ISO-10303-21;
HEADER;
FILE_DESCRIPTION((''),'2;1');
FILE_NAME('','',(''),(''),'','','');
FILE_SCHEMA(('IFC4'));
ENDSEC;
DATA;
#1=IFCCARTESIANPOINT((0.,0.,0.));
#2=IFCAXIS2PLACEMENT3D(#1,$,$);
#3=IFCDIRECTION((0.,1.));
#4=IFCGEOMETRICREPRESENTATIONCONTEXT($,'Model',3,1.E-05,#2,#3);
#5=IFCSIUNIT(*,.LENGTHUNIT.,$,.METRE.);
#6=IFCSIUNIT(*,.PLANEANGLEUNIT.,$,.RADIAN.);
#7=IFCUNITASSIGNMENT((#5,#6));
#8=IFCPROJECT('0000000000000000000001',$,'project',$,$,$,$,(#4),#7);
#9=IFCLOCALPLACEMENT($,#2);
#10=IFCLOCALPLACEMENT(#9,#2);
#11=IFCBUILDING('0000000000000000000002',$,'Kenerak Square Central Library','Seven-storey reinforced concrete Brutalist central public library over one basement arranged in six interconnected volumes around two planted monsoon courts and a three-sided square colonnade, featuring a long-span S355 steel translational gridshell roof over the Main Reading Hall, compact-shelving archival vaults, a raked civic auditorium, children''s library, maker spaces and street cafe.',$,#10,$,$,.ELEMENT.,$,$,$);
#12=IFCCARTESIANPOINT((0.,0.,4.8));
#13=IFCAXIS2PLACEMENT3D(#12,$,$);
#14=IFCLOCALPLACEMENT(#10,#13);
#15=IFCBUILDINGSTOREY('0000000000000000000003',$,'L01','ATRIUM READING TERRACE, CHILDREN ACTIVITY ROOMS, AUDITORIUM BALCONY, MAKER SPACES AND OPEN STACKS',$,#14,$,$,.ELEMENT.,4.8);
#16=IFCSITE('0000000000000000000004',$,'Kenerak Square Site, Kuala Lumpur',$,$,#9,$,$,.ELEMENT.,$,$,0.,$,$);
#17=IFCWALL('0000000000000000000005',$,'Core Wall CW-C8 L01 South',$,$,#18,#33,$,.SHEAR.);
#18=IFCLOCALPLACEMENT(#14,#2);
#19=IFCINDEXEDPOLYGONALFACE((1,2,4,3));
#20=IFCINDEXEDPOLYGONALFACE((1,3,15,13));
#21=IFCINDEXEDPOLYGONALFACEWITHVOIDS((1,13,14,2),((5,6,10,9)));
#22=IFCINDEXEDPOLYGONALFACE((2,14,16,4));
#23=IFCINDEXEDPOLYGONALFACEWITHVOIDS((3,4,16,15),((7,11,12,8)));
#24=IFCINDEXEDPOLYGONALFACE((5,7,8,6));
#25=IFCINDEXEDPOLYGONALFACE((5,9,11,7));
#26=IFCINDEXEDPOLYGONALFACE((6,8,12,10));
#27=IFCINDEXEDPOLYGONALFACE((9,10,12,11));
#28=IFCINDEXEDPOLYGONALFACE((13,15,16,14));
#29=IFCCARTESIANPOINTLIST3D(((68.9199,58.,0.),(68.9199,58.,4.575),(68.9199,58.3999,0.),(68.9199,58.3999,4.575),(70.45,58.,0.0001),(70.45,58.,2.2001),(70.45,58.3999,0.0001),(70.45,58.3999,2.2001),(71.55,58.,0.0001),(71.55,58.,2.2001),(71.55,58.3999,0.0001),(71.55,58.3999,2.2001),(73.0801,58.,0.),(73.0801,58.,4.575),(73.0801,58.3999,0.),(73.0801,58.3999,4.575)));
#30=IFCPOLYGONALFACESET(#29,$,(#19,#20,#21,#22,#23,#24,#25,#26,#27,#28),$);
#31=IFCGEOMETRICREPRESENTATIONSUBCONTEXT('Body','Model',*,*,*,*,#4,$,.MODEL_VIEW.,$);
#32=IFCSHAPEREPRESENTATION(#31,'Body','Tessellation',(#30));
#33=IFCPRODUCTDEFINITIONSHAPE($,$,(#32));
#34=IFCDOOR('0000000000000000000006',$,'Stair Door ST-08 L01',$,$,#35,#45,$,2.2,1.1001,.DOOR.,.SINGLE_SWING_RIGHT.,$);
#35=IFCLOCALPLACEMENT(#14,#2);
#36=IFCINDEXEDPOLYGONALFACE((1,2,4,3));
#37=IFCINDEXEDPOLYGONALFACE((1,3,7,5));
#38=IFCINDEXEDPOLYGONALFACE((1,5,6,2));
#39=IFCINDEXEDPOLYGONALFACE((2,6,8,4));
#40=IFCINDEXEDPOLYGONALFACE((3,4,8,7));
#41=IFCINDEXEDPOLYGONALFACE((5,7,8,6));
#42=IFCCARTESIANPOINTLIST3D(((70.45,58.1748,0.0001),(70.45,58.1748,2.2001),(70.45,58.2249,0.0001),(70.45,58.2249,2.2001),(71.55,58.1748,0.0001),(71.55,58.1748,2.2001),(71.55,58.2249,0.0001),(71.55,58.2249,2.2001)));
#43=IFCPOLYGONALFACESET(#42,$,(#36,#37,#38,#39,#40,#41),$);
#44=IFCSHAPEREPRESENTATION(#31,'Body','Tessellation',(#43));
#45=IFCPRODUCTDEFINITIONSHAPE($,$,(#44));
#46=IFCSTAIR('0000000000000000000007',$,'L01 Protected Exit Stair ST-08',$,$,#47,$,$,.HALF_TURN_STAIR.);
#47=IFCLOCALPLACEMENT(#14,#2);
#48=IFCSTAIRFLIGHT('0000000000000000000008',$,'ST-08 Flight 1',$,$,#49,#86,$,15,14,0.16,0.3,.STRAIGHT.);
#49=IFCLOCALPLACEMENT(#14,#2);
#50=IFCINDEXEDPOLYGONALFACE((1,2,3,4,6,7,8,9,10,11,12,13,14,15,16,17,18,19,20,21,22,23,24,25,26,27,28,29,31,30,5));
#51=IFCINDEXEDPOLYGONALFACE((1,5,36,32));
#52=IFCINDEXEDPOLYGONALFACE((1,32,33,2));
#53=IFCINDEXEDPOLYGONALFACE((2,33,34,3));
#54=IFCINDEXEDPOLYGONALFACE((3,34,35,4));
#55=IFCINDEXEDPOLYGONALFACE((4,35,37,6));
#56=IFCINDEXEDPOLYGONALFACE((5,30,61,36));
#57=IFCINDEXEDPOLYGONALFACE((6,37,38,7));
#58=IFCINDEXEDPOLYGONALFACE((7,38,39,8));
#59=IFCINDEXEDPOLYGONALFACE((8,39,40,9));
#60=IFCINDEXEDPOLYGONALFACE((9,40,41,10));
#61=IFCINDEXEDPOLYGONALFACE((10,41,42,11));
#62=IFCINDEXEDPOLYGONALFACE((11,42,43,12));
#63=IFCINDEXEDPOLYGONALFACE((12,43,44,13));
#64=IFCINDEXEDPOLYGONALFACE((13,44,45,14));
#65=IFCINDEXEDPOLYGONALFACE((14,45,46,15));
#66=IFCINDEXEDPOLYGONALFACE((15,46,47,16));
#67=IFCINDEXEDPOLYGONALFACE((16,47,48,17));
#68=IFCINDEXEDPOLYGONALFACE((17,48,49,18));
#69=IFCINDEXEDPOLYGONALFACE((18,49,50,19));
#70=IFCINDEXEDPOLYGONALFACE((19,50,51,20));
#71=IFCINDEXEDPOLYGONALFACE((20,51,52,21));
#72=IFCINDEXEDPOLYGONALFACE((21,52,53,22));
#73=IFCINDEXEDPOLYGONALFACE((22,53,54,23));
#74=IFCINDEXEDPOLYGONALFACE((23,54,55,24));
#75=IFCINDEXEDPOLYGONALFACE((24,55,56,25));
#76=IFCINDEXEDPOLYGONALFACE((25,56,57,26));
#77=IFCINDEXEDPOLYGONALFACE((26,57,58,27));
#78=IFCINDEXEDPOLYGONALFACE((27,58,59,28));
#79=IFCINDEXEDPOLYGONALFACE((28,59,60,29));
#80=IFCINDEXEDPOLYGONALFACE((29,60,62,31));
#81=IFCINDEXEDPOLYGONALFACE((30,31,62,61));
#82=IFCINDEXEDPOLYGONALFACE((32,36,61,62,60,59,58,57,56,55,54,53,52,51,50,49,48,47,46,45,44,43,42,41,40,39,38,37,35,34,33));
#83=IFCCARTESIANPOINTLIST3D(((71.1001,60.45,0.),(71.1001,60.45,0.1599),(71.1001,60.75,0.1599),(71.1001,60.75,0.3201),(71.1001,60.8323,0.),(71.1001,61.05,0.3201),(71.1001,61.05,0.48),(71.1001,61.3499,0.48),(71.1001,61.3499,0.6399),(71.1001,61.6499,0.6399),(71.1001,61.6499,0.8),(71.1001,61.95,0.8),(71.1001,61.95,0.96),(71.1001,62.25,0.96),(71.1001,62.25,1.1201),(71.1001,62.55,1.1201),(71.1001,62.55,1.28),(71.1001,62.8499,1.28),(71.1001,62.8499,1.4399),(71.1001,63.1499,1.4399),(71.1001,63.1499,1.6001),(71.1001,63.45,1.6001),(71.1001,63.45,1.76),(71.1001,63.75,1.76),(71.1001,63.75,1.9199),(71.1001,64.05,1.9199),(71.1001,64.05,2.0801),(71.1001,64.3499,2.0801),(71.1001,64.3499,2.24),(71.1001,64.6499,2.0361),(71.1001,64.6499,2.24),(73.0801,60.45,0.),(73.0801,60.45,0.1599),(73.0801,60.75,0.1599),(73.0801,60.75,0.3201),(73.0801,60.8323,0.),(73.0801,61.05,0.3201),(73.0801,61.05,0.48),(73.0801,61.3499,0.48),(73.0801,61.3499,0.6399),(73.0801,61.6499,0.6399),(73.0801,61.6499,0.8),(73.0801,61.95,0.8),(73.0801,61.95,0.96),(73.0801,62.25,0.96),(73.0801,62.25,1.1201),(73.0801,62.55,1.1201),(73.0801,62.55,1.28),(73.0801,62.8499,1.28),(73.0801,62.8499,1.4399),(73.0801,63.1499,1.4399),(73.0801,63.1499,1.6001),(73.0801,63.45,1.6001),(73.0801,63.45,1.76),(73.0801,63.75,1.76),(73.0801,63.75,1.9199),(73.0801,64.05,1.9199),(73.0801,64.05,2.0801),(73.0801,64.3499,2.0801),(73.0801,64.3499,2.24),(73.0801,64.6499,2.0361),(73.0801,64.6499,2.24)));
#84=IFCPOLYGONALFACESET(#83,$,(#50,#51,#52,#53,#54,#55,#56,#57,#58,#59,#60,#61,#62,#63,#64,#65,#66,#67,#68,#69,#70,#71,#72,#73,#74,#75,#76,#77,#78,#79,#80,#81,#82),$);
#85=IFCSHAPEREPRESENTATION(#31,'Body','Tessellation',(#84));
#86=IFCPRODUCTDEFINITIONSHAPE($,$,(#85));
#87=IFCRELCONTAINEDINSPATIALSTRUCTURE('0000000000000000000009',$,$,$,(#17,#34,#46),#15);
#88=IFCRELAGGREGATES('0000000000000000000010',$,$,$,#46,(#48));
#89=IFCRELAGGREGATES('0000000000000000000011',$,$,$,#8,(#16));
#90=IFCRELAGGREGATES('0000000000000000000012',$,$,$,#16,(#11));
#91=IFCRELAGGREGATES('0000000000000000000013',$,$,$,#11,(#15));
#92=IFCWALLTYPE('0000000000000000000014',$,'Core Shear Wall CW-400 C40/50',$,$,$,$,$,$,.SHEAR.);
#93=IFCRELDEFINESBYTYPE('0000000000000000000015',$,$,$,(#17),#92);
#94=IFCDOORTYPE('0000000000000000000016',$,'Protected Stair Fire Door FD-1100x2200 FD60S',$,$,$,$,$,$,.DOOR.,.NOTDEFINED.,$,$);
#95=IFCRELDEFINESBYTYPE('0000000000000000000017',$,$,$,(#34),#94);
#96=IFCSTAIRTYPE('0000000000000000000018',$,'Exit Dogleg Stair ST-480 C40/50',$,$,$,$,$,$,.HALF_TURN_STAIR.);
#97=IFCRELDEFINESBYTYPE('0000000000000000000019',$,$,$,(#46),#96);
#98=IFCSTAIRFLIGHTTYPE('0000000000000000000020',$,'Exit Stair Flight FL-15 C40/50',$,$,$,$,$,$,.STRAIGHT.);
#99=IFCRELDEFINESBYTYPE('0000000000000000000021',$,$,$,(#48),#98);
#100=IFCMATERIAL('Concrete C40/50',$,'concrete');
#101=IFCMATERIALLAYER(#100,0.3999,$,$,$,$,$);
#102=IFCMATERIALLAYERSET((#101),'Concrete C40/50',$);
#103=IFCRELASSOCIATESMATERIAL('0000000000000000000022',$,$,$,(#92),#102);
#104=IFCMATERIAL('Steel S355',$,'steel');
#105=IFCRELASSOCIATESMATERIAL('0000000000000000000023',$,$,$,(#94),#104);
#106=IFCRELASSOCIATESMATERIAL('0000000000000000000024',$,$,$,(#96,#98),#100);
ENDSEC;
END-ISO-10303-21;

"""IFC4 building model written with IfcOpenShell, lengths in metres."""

from ifc_helpers import new_model, si_unit, direction, frame, frame_2d, origin, place, context, subcontext, project, spatial, polyline, rectangle, outline, extrude, material, layer, layer_set, type_object, element, fill, aggregate, save


model = new_model("IFC4")

# Units and contexts
model_context = context("Model", 3, precision=1e-05, world=origin(), true_north=direction((0.0, 1.0)))
body_context = subcontext(model_context, "Body", "Model", "MODEL_VIEW")
ifc_project = project(units=[si_unit("LENGTHUNIT", "METRE"), si_unit("PLANEANGLEUNIT", "RADIAN")], contexts=[model_context])

# Site, building, storey
site_placement = place(None, origin())
site = spatial("IfcSite", under=ifc_project, at=site_placement, Name="Kenerak Square Site, Kuala Lumpur", CompositionType="ELEMENT", RefElevation=0.0)
building_placement = place(site_placement, origin())
building = spatial("IfcBuilding", under=site, at=building_placement, Name="Kenerak Square Central Library", Description="Seven-storey reinforced concrete Brutalist central public library over one basement arranged in six interconnected volumes around two planted monsoon courts and a three-sided square colonnade, featuring a long-span S355 steel translational gridshell roof over the Main Reading Hall, compact-shelving archival vaults, a raked civic auditorium, children's library, maker spaces and street cafe.", CompositionType="ELEMENT")
storey_placement = place(building_placement, frame((0.0, 0.0, 4.8)))
storey = spatial("IfcBuildingStorey", under=building, at=storey_placement, Name="L01", Description="ATRIUM READING TERRACE, CHILDREN ACTIVITY ROOMS, AUDITORIUM BALCONY, MAKER SPACES AND OPEN STACKS", CompositionType="ELEMENT", Elevation=4.8)

# Shared definitions
ifc_material_1 = material(Name="Concrete C40/50", Category="concrete")

# Shared definitions
ifc_layer_1 = layer(ifc_material_1, 0.3999)
ifc_layer_set_1 = layer_set([ifc_layer_1], Name="Concrete C40/50")
wall_type = type_object("IfcWallType", Name="Core Shear Wall CW-400 C40/50", PredefinedType="SHEAR", material=ifc_layer_set_1)

# Wall, opening, door
wall_1_placement = place(storey_placement, frame((73.0801, 58.2, 0.0), z_axis=(0.0, 0.0, 1.0), x_axis=(-1.0, 0.0, 0.0)))
wall_1 = element("IfcWall", 1, at=wall_1_placement, inside=storey, type_object=wall_type, Name="Core Wall CW-C8 L01 South", PredefinedType="SHEAR", context=body_context, shape_type="SweptSolid", body=[
    extrude(rectangle(XDim=4.1602, YDim=0.3999, at=frame_2d((2.0801, 0.0))), origin(), (0.0, 0.0, 1.0), 4.575),
])
opening_placement = place(wall_1_placement, frame((1.53, 0.0, 0.0)))
opening = element("IfcOpeningElement", 2, at=opening_placement, cuts=wall_1, PredefinedType="OPENING", context=body_context, shape_type="SweptSolid", body=[
    extrude(rectangle(XDim=1.1001, YDim=2.2, at=frame_2d((0.55, 1.1001))), frame((0.0, 0.21, 0.0), z_axis=(0.0, -1.0, 0.0), x_axis=(1.0, 0.0, 0.0)), (0.0, 0.0, 1.0), 0.4199),
])
ifc_material_2 = material(Name="Steel S355", Category="steel")
door_type = type_object("IfcDoorType", Name="Protected Stair Fire Door FD-1100x2200 FD60S", OperationType="NOTDEFINED", PredefinedType="DOOR", material=ifc_material_2)
door_placement = place(opening_placement, frame((1.1001, 0.0, 0.0), z_axis=(0.0, 0.0, 1.0), x_axis=(-1.0, 0.0, 0.0)))
door = element("IfcDoor", 3, at=door_placement, inside=storey, type_object=door_type, Name="Stair Door ST-08 L01", OperationType="SINGLE_SWING_RIGHT", OverallHeight=2.2, OverallWidth=1.1001, PredefinedType="DOOR", context=body_context, shape_type="SweptSolid", body=[
    extrude(rectangle(XDim=1.1001, YDim=2.2, at=frame_2d((0.55, 1.1001))), frame((0.0, 0.0249, 0.0), z_axis=(0.0, -1.0, 0.0), x_axis=(1.0, 0.0, 0.0)), (0.0, 0.0, 1.0), 0.05),
])
fill(opening, door)

# Stair, stair flight
stair_type = type_object("IfcStairType", Name="Exit Dogleg Stair ST-480 C40/50", PredefinedType="HALF_TURN_STAIR", material=ifc_material_1)
stair_placement = place(storey_placement, origin())
stair = element("IfcStair", 4, at=stair_placement, inside=storey, type_object=stair_type, Name="L01 Protected Exit Stair ST-08", PredefinedType="HALF_TURN_STAIR")
stair_flight_type = type_object("IfcStairFlightType", Name="Exit Stair Flight FL-15 C40/50", PredefinedType="STRAIGHT", material=ifc_material_1)
stair_flight_placement = place(storey_placement, frame((72.0901, 60.45, 0.0), z_axis=(0.0, 0.0, 1.0), x_axis=(0.0, 1.0, 0.0)))
stair_flight = element("IfcStairFlight", 5, at=stair_flight_placement, type_object=stair_flight_type, Name="ST-08 Flight 1", NumberOfRisers=15, NumberOfTreads=14, PredefinedType="STRAIGHT", RiserHeight=0.16, TreadLength=0.3, context=body_context, shape_type="SweptSolid", body=[
    extrude(outline(polyline([(0.0, 0.0), (0.0, 0.1599), (0.3, 0.1599), (0.3, 0.3201), (0.6001, 0.3201), (0.6001, 0.48), (0.8999, 0.48), (0.8999, 0.6399), (1.2, 0.6399), (1.2, 0.8), (1.5, 0.8), (1.5, 0.96), (1.8, 0.96), (1.8, 1.1201), (2.1001, 1.1201), (2.1001, 1.28), (2.3999, 1.28), (2.3999, 1.4399), (2.7, 1.4399), (2.7, 1.6001), (3.0, 1.6001), (3.0, 1.76), (3.3, 1.76), (3.3, 1.9199), (3.6001, 1.9199), (3.6001, 2.0801), (3.8999, 2.0801), (3.8999, 2.24), (4.2, 2.24), (4.2, 2.3999), (4.2, 2.0361), (0.3823, 0.0), (0.0, 0.0)])), frame((0.0, 0.99, 0.0), z_axis=(0.0, -1.0, 0.0), x_axis=(1.0, 0.0, 0.0)), (0.0, 0.0, 1.0), 1.98),
])
aggregate(stair, [stair_flight])

save(model, "model.ifc")
